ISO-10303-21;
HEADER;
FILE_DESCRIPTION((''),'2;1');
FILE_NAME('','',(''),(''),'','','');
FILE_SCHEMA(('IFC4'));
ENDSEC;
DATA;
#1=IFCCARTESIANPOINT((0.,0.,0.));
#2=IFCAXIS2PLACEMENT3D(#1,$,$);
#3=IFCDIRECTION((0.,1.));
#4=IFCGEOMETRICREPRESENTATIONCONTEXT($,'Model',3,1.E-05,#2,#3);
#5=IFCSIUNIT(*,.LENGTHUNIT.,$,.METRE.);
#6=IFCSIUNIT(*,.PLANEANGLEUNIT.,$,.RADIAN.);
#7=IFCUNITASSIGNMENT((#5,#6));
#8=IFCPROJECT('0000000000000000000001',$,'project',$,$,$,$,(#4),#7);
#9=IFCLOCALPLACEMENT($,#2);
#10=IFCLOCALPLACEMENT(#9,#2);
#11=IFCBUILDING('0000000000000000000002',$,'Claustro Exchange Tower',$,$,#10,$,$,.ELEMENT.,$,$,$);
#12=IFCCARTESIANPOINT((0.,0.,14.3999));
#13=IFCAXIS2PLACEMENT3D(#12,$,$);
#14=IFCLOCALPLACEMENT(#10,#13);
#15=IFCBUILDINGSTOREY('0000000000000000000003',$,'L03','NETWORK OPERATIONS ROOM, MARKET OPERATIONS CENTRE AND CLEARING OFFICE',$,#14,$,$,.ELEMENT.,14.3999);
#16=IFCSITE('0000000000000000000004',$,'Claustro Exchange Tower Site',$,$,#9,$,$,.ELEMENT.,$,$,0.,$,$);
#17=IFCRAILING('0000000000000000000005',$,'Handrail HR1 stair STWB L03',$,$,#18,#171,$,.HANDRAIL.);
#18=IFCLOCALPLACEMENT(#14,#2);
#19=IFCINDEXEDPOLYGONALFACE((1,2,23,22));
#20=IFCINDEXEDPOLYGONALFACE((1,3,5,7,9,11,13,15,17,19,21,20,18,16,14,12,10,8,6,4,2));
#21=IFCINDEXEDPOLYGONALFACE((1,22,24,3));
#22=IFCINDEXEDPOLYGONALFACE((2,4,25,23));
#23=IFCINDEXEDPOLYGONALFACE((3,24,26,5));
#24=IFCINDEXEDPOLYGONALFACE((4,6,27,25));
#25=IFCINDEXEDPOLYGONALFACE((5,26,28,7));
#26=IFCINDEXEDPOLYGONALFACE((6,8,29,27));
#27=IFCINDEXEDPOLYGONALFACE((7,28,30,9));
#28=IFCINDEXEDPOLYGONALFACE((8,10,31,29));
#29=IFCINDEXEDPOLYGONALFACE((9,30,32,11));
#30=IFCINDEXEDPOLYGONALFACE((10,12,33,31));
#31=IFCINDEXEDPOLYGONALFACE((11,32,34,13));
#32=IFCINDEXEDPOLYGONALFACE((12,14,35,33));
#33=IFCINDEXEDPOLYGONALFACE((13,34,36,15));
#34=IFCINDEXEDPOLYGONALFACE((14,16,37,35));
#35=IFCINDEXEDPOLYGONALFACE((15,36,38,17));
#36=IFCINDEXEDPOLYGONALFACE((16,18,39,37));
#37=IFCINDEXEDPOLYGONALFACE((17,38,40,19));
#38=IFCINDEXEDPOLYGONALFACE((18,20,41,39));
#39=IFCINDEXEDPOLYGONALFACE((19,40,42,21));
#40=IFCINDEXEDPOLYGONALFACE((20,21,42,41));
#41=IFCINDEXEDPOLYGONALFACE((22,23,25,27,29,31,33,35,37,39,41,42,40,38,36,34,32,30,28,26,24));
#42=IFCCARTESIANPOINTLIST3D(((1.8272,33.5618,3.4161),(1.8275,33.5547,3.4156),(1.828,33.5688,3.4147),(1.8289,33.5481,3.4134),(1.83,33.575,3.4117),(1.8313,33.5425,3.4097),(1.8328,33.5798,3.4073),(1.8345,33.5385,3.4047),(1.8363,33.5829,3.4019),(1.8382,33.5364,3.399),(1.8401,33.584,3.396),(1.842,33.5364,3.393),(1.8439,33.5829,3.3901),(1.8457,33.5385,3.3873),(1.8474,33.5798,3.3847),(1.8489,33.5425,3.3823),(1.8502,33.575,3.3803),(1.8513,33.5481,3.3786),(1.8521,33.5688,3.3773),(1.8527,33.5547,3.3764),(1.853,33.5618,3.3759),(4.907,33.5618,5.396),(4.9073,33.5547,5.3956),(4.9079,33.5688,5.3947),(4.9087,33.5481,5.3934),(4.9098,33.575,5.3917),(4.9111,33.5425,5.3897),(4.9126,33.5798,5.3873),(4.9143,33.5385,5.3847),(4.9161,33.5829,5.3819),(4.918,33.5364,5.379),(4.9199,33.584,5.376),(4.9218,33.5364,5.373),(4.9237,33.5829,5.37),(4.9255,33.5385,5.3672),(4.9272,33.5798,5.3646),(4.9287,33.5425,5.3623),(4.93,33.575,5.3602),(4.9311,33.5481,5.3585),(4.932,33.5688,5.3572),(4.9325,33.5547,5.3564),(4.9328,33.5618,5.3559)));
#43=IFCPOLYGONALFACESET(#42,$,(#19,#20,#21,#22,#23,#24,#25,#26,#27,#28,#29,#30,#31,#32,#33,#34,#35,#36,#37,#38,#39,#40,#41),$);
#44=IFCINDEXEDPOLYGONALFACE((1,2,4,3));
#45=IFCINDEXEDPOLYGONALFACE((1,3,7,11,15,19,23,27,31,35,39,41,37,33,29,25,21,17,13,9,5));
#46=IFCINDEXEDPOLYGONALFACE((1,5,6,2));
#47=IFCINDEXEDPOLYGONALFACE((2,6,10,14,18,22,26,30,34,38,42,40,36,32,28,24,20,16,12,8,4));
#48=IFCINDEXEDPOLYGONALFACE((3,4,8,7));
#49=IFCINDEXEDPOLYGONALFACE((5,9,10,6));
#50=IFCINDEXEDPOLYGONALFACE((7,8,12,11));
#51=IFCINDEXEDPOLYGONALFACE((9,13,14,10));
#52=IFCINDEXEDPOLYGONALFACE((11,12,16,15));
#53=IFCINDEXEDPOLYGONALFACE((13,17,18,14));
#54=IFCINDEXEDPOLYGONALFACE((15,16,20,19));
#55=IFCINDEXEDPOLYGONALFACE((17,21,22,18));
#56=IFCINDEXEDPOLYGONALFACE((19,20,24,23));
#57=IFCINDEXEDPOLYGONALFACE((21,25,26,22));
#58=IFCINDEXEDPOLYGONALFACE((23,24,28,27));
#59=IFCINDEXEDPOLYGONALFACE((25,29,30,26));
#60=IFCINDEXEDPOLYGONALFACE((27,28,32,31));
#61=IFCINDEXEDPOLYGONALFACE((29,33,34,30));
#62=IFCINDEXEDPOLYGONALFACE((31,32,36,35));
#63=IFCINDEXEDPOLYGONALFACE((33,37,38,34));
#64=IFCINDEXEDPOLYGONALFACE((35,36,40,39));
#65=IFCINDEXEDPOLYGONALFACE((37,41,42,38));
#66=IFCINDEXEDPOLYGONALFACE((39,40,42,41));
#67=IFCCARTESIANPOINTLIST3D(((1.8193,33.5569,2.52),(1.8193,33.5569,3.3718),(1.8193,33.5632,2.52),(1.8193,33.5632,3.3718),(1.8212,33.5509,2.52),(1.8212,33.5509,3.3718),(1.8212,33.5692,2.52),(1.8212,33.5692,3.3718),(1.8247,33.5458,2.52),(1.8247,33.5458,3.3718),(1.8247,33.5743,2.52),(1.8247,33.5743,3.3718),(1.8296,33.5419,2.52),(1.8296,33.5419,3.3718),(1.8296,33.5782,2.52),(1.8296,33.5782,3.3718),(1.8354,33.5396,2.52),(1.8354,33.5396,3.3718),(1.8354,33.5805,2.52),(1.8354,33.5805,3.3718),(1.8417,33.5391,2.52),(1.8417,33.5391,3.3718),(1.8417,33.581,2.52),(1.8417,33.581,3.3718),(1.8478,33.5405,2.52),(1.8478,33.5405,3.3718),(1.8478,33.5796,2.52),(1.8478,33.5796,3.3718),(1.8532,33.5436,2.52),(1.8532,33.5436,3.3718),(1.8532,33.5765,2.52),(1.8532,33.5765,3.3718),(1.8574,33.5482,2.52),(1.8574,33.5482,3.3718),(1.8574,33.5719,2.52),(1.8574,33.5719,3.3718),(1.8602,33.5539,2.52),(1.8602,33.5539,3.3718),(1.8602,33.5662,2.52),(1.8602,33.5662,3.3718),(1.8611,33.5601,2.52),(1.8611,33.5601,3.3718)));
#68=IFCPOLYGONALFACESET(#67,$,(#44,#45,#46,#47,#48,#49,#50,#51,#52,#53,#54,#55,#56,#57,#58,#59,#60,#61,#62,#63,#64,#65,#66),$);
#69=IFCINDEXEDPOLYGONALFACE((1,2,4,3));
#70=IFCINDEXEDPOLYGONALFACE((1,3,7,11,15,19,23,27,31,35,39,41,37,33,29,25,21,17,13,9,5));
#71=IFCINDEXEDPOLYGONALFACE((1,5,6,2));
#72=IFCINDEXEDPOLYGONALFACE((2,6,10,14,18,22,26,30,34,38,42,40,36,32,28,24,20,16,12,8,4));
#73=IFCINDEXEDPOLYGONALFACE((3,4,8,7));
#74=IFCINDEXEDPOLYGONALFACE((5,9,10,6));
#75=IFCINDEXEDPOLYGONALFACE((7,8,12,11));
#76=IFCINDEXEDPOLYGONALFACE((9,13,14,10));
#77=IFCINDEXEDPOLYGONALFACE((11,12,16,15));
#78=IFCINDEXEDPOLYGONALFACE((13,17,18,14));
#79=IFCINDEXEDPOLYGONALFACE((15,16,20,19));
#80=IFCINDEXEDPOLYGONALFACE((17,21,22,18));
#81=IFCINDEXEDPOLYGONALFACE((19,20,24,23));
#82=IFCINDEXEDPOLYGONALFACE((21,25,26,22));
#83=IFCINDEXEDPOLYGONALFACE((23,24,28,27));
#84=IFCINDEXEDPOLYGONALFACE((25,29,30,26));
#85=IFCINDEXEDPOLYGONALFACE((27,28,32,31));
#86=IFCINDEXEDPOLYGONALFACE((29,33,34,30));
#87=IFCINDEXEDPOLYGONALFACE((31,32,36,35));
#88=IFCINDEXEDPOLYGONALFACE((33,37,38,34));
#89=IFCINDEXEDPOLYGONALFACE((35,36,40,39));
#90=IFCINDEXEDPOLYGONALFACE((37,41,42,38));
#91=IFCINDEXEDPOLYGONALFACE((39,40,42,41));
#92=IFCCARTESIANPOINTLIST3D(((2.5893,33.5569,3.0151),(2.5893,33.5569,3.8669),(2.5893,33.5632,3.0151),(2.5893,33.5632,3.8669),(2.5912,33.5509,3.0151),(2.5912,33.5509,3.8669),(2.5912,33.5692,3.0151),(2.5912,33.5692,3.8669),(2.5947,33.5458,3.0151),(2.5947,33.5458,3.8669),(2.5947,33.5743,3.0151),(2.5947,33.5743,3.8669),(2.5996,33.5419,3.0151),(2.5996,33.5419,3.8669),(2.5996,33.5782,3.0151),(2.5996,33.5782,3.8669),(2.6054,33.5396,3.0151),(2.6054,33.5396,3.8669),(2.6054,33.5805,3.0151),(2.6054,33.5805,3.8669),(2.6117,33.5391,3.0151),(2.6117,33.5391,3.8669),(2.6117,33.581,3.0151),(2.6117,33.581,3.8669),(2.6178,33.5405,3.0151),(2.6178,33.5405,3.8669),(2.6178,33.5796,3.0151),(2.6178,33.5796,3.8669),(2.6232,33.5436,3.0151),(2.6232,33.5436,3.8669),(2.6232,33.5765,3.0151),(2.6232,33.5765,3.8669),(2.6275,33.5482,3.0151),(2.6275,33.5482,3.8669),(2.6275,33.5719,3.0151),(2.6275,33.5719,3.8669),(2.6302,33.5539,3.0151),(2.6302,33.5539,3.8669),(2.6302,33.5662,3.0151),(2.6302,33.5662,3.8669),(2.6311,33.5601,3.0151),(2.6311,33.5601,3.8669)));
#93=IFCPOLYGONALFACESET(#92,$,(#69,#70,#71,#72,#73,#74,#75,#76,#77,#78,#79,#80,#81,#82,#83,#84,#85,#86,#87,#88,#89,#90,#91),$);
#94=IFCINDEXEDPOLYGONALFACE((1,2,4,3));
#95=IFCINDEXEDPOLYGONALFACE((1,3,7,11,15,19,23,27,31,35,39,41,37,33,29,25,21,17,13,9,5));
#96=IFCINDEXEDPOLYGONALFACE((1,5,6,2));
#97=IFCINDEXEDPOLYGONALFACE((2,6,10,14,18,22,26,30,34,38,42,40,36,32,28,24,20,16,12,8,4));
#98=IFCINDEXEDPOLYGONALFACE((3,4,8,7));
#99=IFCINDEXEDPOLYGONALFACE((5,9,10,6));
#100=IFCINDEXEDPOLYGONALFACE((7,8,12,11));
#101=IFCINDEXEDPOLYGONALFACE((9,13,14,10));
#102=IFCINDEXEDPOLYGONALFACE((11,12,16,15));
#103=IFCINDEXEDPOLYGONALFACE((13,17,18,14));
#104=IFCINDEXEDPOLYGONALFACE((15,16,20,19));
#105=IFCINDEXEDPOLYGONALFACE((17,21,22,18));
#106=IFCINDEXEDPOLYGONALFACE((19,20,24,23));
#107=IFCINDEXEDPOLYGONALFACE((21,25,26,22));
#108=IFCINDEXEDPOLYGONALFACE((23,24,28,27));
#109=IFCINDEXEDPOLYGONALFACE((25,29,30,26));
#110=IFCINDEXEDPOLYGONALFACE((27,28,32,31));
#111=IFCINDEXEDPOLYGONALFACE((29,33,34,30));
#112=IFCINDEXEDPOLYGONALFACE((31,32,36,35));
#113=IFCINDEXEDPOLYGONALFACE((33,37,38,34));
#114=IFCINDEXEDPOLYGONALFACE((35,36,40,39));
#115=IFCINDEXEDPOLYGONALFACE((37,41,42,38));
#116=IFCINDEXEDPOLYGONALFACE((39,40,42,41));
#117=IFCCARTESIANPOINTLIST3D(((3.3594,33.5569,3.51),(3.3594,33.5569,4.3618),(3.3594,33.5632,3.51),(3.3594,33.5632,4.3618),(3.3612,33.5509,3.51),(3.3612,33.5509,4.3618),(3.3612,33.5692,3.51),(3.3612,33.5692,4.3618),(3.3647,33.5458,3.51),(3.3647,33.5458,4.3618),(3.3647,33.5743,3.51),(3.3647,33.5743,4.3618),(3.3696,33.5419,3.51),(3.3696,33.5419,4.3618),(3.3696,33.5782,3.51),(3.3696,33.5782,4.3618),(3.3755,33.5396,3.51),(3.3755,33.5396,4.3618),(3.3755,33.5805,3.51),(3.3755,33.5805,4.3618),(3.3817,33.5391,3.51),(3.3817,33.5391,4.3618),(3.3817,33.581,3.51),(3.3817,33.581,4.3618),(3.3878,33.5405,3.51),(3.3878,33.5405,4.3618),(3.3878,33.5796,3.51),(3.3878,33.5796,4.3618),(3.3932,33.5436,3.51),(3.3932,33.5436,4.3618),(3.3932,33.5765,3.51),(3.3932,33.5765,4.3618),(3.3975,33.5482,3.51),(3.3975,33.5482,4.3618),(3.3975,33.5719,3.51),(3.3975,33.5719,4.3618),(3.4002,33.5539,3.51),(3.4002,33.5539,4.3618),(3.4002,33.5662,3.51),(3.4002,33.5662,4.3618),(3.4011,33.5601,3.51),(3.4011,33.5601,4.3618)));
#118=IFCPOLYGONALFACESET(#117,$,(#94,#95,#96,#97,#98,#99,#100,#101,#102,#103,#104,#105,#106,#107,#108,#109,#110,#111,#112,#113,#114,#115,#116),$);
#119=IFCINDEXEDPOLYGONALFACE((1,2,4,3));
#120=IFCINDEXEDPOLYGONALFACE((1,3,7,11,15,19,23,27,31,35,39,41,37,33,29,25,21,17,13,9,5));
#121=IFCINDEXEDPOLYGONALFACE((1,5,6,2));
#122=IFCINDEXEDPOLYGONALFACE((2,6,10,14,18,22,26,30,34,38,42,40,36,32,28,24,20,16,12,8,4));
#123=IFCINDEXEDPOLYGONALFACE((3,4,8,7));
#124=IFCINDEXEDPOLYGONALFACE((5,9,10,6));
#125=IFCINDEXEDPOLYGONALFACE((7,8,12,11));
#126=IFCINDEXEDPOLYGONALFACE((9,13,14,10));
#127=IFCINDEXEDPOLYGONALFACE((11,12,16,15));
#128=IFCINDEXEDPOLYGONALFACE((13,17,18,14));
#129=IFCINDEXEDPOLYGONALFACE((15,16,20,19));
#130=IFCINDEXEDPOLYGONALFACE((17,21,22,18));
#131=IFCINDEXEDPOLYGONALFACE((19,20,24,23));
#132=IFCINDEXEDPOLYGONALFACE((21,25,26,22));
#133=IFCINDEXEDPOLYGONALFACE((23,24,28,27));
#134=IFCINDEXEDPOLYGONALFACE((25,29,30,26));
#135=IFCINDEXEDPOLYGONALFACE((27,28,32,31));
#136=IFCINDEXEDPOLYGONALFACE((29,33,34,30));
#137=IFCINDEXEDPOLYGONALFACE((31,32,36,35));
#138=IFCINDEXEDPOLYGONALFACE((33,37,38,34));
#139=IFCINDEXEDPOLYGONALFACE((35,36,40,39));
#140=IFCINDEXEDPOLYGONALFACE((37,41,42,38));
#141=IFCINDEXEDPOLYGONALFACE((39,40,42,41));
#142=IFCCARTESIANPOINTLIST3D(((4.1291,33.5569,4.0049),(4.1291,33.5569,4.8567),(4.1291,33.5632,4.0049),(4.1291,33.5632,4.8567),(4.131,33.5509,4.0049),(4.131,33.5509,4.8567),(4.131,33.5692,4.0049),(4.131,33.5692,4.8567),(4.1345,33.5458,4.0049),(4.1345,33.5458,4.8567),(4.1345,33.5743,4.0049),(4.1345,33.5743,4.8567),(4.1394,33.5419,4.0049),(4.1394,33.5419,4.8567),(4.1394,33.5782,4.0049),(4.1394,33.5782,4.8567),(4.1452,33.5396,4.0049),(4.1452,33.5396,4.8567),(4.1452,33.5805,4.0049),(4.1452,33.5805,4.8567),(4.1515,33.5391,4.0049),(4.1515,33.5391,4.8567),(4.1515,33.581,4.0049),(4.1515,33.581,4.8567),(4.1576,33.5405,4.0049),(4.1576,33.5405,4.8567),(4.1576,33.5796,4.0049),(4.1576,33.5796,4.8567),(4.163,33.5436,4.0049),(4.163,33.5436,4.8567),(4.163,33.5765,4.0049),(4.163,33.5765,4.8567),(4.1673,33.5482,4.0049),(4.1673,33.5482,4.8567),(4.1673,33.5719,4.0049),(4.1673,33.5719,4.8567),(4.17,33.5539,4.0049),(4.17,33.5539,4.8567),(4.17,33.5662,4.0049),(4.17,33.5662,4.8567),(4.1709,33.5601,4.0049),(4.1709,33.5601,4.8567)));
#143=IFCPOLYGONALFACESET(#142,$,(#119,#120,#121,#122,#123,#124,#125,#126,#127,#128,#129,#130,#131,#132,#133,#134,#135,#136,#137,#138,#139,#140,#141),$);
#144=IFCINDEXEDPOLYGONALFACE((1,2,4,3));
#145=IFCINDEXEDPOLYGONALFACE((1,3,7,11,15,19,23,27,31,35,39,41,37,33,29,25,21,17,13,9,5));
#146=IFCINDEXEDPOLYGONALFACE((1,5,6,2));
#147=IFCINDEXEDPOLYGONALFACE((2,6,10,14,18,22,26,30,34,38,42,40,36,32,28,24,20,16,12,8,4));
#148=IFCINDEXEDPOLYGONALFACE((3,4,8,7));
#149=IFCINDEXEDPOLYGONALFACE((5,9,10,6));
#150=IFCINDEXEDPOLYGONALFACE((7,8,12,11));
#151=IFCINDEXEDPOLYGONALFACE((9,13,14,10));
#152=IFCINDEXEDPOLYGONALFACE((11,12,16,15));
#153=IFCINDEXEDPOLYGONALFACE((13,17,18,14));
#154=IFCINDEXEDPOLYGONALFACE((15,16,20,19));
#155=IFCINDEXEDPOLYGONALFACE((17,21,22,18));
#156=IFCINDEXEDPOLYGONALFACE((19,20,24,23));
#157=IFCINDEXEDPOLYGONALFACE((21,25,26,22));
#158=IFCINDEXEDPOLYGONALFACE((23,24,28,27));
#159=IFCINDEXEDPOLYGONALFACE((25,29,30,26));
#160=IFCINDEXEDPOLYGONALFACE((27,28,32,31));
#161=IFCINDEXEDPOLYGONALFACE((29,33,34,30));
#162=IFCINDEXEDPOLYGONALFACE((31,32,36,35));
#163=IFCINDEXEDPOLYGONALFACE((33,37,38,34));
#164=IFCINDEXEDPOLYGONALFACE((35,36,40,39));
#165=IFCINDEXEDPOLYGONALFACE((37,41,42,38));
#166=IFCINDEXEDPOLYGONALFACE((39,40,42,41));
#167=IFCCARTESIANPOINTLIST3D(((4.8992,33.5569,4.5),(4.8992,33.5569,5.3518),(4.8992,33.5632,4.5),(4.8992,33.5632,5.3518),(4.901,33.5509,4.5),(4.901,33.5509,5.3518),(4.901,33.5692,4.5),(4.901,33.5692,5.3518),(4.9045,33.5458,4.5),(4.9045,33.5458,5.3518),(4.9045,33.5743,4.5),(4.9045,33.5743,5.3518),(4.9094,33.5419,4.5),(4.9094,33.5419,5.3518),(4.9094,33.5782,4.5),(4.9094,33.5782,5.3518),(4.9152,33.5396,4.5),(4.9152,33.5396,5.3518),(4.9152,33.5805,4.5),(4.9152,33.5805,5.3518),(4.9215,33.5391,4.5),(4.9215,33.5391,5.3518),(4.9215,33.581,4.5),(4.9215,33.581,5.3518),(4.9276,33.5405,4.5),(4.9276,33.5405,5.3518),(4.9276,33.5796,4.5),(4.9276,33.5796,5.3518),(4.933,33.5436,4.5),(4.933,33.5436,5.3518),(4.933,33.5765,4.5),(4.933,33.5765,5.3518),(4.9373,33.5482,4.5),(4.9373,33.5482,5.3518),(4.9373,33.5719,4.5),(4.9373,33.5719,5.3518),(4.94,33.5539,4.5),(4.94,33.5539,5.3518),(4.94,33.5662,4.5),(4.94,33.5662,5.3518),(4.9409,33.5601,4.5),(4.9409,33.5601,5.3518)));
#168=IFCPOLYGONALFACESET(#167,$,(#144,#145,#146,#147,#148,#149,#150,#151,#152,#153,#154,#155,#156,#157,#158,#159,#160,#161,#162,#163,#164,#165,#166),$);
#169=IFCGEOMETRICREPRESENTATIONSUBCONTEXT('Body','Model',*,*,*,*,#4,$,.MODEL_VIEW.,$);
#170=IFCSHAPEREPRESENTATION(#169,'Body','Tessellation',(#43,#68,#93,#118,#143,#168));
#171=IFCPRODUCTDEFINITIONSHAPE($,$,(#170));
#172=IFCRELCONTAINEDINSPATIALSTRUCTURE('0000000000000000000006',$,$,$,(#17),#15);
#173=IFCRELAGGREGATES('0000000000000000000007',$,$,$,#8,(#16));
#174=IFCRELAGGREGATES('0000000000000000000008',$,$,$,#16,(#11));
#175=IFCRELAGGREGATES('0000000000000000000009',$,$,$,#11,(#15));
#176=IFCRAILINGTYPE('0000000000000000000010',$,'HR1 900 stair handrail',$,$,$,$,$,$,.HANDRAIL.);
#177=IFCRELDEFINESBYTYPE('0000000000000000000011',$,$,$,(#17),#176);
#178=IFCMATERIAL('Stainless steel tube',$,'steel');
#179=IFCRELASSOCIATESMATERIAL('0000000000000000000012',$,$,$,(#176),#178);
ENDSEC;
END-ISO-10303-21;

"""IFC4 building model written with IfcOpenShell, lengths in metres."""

from ifc_helpers import new_model, si_unit, direction, frame, origin, origin_2d, place, context, subcontext, project, spatial, circle, extrude, material, type_object, element, save


model = new_model("IFC4")

# Units and contexts
model_context = context("Model", 3, precision=1e-05, world=origin(), true_north=direction((0.0, 1.0)))
body_context = subcontext(model_context, "Body", "Model", "MODEL_VIEW")
ifc_project = project(units=[si_unit("LENGTHUNIT", "METRE"), si_unit("PLANEANGLEUNIT", "RADIAN")], contexts=[model_context])

# Site, building, storey
site_placement = place(None, origin())
site = spatial("IfcSite", under=ifc_project, at=site_placement, Name="Claustro Exchange Tower Site", CompositionType="ELEMENT", RefElevation=0.0)
building_placement = place(site_placement, origin())
building = spatial("IfcBuilding", under=site, at=building_placement, Name="Claustro Exchange Tower", CompositionType="ELEMENT")
storey_placement = place(building_placement, frame((0.0, 0.0, 14.3999)))
storey = spatial("IfcBuildingStorey", under=building, at=storey_placement, Name="L03", Description="NETWORK OPERATIONS ROOM, MARKET OPERATIONS CENTRE AND CLEARING OFFICE", CompositionType="ELEMENT", Elevation=14.3999)

# Railing
ifc_material_1 = material(Name="Stainless steel tube", Category="steel")
railing_type_1 = type_object("IfcRailingType", Name="HR1 900 stair handrail", PredefinedType="HANDRAIL", material=ifc_material_1)
railing_1_placement = place(storey_placement, frame((1.8401, 33.5601, 2.52)))
element("IfcRailing", 1, at=railing_1_placement, inside=storey, type_object=railing_type_1, Name="Handrail HR1 stair STWB L03", PredefinedType="HANDRAIL", context=body_context, shape_type="SweptSolid", body=[
    extrude(circle(Radius=0.0239, at=origin_2d()), frame((0.0, 0.0, 0.876), z_axis=(0.841168, 0.0, 0.540774), x_axis=(0.0, 1.0, 0.0)), (0.0, 0.0, 1.0), 3.6614),
    extrude(circle(Radius=0.021, at=origin_2d()), origin(), (0.0, 0.0, 1.0), 0.8518),
    extrude(circle(Radius=0.021, at=origin_2d()), frame((0.77, 0.0, 0.4951)), (0.0, 0.0, 1.0), 0.8518),
    extrude(circle(Radius=0.021, at=origin_2d()), frame((1.54, 0.0, 0.99)), (0.0, 0.0, 1.0), 0.8518),
    extrude(circle(Radius=0.021, at=origin_2d()), frame((2.3098, 0.0, 1.4849)), (0.0, 0.0, 1.0), 0.8518),
    extrude(circle(Radius=0.021, at=origin_2d()), frame((3.0798, 0.0, 1.98)), (0.0, 0.0, 1.0), 0.8518),
])

save(model, "model.ifc")
